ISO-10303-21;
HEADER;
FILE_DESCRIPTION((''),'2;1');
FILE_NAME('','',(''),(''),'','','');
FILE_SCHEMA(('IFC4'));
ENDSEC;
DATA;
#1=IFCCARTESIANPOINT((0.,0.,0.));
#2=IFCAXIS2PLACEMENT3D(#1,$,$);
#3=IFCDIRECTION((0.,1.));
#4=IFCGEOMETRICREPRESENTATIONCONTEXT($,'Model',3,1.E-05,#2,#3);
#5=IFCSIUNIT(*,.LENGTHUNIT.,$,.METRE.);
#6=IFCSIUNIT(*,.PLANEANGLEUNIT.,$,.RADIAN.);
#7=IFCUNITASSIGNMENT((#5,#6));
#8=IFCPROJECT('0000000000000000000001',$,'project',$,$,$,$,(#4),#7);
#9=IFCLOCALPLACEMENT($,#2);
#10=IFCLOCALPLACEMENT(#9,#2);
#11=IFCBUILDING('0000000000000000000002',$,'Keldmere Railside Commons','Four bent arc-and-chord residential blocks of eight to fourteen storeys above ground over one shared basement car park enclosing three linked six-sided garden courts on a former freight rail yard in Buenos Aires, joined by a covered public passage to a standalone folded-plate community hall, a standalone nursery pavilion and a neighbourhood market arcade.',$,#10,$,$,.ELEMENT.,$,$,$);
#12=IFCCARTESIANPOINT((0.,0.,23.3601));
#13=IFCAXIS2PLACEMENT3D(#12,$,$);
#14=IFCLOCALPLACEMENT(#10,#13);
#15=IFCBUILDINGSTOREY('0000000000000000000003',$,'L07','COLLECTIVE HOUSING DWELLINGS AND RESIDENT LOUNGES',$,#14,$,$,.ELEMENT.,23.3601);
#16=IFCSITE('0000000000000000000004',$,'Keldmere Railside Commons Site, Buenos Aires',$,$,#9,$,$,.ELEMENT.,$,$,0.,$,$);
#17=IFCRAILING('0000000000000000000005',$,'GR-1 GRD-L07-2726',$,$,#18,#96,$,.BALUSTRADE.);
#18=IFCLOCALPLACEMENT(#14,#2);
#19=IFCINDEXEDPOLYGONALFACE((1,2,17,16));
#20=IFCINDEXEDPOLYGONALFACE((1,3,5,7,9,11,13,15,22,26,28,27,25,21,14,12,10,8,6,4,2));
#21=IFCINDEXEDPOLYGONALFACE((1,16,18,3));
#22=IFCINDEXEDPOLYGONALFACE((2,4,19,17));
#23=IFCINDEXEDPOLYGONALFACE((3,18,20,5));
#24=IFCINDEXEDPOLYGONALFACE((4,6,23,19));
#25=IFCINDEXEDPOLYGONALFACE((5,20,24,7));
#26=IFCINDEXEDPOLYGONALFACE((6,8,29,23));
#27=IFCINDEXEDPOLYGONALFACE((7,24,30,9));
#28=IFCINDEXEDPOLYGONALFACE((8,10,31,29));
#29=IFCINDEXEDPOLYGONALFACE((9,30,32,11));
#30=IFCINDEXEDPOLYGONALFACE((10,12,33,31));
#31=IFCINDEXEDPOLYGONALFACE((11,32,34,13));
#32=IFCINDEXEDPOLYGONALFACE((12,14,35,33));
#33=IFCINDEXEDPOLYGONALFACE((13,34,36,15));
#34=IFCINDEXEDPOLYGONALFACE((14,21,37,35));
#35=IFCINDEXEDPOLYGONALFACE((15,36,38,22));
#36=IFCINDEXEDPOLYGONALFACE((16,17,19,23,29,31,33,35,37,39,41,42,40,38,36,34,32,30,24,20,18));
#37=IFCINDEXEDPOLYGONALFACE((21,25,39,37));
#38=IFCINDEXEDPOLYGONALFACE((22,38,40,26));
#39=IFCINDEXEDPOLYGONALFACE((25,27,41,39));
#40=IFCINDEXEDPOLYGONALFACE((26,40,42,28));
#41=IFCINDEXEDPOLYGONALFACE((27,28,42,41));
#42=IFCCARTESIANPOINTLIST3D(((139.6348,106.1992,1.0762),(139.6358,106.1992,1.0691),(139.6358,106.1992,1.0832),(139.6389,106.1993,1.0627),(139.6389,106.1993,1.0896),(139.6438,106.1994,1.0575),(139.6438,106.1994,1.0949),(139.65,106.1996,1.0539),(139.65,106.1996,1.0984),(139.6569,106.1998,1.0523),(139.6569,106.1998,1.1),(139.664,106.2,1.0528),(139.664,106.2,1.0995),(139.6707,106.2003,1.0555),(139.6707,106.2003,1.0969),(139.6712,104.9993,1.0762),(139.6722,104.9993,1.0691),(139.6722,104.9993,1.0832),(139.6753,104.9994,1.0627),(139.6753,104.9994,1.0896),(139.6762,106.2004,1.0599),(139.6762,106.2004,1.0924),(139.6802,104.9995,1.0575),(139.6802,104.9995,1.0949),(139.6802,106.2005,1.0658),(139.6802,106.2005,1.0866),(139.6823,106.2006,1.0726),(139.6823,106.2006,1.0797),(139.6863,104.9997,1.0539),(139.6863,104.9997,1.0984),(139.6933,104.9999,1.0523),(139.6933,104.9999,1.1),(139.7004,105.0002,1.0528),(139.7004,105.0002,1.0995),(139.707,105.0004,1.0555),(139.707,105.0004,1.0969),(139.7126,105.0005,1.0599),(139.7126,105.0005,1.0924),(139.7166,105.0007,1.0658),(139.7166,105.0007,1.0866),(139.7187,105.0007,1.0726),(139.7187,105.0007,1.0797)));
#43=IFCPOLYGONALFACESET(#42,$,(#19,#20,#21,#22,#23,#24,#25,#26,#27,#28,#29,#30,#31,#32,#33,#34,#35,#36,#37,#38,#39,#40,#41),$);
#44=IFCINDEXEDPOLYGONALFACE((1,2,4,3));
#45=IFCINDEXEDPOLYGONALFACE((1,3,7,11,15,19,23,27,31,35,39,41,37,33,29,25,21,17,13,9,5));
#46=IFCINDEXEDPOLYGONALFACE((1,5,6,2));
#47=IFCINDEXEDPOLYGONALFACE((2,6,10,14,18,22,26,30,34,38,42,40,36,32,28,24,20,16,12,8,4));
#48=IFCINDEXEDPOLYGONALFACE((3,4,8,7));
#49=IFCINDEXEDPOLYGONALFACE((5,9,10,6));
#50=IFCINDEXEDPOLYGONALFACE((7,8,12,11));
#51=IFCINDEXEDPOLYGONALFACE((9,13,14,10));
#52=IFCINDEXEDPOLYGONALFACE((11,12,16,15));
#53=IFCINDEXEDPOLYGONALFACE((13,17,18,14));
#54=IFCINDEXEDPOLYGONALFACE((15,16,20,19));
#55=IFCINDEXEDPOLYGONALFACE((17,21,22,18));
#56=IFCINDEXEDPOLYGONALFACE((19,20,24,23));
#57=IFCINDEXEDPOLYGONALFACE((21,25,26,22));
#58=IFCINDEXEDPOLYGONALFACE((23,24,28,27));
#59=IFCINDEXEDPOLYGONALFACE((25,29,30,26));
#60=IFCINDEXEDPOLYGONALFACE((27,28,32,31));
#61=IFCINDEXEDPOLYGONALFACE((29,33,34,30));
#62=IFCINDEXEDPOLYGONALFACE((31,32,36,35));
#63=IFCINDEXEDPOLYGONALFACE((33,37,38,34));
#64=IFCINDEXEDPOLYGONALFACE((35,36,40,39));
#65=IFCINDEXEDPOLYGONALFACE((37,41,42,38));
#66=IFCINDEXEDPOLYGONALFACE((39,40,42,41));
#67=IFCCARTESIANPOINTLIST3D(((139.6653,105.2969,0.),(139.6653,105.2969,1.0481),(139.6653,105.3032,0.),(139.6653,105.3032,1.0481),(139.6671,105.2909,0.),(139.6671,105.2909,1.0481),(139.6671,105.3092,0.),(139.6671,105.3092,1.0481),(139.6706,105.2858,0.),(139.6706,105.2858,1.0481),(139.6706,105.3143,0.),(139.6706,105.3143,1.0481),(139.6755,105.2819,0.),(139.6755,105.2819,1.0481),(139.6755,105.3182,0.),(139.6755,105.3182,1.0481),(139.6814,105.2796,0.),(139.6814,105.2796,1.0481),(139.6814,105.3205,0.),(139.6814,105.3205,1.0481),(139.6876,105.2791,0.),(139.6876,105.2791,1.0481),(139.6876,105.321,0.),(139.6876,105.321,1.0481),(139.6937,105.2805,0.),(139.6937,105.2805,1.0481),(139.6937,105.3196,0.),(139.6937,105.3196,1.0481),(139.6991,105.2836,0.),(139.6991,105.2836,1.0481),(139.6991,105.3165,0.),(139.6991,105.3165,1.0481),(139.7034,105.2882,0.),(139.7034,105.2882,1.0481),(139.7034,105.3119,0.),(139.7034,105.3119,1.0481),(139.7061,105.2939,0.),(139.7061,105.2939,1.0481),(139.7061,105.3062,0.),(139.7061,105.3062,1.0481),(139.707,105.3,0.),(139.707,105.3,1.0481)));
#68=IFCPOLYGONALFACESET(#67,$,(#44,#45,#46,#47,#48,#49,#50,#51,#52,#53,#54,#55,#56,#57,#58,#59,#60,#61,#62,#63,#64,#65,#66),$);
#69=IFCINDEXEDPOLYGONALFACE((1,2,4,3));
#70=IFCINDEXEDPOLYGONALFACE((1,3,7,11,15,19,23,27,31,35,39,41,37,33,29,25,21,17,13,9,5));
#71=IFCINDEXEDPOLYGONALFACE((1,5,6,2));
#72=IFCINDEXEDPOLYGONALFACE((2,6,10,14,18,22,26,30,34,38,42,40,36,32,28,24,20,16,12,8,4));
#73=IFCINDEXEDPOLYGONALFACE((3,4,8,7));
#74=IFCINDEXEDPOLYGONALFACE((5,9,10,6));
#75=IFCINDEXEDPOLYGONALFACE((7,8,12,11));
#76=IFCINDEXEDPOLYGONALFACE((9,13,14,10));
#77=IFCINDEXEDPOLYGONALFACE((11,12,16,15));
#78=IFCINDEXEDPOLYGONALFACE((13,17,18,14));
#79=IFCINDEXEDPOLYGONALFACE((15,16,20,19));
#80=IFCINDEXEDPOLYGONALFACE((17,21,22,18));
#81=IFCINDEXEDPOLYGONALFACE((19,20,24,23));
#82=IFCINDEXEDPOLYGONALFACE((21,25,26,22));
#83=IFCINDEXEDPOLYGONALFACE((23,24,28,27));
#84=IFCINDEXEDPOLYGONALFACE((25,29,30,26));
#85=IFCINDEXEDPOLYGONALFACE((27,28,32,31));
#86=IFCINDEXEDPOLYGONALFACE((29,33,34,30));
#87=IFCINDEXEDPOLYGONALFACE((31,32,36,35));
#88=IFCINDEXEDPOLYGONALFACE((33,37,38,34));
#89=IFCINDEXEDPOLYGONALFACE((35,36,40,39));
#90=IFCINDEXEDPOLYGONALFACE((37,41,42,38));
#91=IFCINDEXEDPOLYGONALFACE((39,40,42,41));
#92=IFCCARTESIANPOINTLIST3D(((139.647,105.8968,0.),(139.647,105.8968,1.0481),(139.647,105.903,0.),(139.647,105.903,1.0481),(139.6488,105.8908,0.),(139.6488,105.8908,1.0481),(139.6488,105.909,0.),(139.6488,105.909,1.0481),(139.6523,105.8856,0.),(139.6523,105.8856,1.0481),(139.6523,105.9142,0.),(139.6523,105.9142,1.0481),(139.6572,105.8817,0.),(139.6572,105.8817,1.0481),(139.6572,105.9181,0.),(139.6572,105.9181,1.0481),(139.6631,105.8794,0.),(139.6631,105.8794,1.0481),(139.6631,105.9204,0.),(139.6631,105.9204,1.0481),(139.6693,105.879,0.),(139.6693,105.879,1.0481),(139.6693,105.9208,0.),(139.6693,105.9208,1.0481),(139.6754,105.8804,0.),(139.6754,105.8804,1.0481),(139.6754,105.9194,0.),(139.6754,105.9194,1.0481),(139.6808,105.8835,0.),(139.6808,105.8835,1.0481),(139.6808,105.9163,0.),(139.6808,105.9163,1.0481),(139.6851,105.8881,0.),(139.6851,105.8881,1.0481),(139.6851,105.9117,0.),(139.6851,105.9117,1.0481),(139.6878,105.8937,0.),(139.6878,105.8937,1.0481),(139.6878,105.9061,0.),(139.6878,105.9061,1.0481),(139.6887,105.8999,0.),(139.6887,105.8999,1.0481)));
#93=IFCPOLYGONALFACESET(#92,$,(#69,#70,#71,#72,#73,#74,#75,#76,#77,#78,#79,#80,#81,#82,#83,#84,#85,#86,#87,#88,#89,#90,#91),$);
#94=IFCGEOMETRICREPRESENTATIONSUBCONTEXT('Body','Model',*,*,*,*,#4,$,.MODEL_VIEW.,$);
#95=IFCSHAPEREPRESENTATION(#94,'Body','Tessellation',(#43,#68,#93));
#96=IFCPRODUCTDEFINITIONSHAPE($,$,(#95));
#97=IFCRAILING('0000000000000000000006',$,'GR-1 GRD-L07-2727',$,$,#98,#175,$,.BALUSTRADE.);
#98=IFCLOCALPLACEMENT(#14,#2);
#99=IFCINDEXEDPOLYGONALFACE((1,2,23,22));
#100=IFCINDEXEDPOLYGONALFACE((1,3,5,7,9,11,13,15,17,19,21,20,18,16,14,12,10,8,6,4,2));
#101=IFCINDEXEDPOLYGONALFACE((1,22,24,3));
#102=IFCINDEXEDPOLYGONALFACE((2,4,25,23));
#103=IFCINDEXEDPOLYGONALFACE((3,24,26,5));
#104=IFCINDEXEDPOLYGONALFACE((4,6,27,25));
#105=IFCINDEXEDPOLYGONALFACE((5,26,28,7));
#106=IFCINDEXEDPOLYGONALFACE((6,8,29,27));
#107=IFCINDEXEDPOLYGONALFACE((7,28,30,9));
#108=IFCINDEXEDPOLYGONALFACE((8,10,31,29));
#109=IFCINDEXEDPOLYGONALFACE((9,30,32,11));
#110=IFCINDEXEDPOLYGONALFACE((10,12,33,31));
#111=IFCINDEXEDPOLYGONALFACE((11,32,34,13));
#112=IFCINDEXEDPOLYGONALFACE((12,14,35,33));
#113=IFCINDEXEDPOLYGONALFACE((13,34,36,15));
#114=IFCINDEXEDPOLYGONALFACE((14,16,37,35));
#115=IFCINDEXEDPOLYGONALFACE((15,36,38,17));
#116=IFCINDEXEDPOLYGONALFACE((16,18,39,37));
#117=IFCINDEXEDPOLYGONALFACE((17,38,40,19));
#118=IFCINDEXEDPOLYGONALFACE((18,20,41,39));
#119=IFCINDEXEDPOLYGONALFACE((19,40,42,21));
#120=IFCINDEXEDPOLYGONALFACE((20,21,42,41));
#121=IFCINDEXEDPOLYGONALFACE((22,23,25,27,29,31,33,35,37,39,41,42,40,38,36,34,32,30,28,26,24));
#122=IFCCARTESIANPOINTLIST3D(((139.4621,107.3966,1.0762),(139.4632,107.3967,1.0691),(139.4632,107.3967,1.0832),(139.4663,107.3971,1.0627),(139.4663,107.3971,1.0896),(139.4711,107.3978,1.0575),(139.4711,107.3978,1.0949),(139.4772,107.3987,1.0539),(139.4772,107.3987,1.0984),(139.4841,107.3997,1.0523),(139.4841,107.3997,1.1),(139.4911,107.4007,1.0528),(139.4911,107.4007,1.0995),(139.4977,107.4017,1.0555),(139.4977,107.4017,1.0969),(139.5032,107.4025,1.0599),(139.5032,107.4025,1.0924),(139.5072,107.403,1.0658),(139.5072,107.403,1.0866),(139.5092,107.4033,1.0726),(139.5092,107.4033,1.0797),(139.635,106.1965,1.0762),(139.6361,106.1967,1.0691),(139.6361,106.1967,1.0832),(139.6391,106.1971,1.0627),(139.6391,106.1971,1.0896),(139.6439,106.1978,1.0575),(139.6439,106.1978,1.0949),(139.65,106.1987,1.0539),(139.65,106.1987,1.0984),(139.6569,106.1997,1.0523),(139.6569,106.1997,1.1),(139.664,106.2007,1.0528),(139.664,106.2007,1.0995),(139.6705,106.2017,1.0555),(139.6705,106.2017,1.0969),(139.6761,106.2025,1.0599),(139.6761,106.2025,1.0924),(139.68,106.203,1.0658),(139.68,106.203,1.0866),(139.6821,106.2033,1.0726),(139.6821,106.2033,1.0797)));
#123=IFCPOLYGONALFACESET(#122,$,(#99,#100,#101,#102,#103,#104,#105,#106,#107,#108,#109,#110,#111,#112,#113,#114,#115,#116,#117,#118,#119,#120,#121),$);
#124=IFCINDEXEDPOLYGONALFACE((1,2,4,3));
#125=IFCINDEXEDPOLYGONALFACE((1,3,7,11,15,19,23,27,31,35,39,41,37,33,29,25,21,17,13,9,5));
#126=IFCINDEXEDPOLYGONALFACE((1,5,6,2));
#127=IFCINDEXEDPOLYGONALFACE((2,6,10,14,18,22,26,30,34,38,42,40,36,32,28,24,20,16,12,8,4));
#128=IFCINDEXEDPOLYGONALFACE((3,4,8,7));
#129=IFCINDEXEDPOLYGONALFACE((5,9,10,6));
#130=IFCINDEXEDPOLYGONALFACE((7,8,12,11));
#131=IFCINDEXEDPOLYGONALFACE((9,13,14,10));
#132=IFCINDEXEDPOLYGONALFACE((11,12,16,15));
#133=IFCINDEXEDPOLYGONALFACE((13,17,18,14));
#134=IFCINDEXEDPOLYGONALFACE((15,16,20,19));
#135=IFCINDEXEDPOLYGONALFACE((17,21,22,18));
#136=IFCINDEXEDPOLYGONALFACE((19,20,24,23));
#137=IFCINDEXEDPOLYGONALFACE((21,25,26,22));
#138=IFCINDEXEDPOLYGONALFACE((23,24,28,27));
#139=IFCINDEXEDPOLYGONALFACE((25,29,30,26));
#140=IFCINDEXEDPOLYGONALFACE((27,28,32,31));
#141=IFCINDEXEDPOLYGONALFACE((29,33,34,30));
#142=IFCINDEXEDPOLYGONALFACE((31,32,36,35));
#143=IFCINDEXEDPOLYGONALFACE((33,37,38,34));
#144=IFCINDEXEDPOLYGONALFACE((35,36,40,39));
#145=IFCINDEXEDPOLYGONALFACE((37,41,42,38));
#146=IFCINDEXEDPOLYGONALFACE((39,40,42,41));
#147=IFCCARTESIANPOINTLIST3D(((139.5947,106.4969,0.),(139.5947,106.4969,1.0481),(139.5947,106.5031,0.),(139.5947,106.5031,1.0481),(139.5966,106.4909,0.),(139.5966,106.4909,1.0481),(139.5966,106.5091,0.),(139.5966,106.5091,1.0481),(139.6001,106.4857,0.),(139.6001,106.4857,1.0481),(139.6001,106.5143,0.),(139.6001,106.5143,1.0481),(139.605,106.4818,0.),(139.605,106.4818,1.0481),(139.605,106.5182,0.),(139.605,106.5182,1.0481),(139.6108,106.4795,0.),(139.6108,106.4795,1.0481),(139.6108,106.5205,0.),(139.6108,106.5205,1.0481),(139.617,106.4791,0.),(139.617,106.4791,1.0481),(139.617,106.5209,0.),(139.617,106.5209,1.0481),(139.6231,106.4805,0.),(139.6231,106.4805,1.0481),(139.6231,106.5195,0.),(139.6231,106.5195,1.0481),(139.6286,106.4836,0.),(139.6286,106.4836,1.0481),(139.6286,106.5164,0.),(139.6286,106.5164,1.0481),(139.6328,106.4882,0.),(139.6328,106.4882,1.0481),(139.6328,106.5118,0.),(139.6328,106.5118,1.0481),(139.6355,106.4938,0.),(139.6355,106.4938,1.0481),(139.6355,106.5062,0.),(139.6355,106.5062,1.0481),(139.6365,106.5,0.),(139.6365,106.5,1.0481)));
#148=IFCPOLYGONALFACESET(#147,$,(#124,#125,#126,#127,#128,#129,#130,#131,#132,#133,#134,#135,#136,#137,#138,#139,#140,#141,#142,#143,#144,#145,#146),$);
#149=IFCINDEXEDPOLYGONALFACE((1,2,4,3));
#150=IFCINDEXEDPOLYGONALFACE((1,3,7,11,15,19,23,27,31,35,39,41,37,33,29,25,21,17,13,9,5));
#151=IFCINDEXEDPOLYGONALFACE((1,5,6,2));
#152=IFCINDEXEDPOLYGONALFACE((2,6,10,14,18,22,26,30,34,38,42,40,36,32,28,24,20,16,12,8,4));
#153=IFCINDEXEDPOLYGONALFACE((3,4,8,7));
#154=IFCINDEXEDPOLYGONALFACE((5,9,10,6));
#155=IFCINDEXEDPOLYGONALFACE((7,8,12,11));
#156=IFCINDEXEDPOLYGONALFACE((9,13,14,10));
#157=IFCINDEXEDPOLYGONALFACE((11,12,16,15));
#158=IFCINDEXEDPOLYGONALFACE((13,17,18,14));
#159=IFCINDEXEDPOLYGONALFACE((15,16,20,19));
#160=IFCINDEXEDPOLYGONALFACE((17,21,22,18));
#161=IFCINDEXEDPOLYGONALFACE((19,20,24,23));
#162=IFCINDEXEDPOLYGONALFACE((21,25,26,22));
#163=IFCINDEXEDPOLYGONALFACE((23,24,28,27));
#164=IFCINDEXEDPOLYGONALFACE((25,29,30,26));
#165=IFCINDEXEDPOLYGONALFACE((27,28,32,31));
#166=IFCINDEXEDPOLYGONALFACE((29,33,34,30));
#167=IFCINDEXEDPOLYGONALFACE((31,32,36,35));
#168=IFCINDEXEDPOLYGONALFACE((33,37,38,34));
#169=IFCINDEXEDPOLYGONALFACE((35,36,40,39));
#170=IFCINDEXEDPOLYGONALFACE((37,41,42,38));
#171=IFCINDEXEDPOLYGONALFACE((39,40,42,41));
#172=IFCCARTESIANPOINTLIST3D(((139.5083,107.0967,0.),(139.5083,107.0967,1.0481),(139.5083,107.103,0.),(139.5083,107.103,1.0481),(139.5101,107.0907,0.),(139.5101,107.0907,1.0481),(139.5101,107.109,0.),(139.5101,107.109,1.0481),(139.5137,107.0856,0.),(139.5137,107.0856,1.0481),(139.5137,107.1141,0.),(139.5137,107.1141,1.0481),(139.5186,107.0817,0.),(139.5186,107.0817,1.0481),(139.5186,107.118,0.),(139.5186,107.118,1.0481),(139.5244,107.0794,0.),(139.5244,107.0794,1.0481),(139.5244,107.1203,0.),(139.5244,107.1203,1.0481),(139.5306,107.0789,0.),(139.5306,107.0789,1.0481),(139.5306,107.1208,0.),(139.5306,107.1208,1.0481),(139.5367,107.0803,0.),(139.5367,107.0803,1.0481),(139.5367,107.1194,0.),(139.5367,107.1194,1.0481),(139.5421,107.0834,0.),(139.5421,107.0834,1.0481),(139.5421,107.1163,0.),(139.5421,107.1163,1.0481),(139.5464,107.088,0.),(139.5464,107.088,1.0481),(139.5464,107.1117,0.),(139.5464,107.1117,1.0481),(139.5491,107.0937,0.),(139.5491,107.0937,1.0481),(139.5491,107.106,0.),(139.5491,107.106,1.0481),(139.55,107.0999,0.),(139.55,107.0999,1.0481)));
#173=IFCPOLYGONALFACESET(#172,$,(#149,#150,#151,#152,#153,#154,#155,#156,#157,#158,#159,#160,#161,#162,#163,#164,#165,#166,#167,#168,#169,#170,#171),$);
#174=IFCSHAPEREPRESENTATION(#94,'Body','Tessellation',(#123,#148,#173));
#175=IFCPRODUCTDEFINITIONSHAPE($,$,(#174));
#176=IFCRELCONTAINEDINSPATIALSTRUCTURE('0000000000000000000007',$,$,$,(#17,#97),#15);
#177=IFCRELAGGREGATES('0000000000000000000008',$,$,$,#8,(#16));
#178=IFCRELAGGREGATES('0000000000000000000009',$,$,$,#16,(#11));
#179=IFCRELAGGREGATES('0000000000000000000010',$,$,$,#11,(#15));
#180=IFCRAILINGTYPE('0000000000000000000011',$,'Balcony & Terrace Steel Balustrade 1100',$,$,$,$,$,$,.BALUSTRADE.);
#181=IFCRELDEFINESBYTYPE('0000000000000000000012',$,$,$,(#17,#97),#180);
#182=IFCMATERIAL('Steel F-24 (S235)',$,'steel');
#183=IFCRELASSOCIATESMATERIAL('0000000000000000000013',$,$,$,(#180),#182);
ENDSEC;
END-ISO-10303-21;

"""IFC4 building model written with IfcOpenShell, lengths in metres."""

from ifc_helpers import new_model, si_unit, direction, frame, origin, origin_2d, place, context, subcontext, project, spatial, circle, extrude, material, type_object, element, save


model = new_model("IFC4")

# Units and contexts
model_context = context("Model", 3, precision=1e-05, world=origin(), true_north=direction((0.0, 1.0)))
body_context = subcontext(model_context, "Body", "Model", "MODEL_VIEW")
ifc_project = project(units=[si_unit("LENGTHUNIT", "METRE"), si_unit("PLANEANGLEUNIT", "RADIAN")], contexts=[model_context])

# Site, building, storey
site_placement = place(None, origin())
site = spatial("IfcSite", under=ifc_project, at=site_placement, Name="Keldmere Railside Commons Site, Buenos Aires", CompositionType="ELEMENT", RefElevation=0.0)
building_placement = place(site_placement, origin())
building = spatial("IfcBuilding", under=site, at=building_placement, Name="Keldmere Railside Commons", Description="Four bent arc-and-chord residential blocks of eight to fourteen storeys above ground over one shared basement car park enclosing three linked six-sided garden courts on a former freight rail yard in Buenos Aires, joined by a covered public passage to a standalone folded-plate community hall, a standalone nursery pavilion and a neighbourhood market arcade.", CompositionType="ELEMENT")
storey_placement = place(building_placement, frame((0.0, 0.0, 23.3601)))
storey = spatial("IfcBuildingStorey", under=building, at=storey_placement, Name="L07", Description="COLLECTIVE HOUSING DWELLINGS AND RESIDENT LOUNGES", CompositionType="ELEMENT", Elevation=23.3601)

# Shared definitions
ifc_material_1 = material(Name="Steel F-24 (S235)", Category="steel")

# Railings
railing_type = type_object("IfcRailingType", Name="Balcony & Terrace Steel Balustrade 1100", PredefinedType="BALUSTRADE", material=ifc_material_1)
railing_1_placement = place(storey_placement, frame((139.6951, 105.0, 0.0)))
element("IfcRailing", 1, at=railing_1_placement, inside=storey, type_object=railing_type, Name="GR-1 GRD-L07-2726", PredefinedType="BALUSTRADE", context=body_context, shape_type="SweptSolid", body=[
    extrude(circle(Radius=0.0239, at=origin_2d()), frame((0.0, 0.0, 1.0762), z_axis=(-0.030301, 0.999541, 0.0), x_axis=(-0.999541, -0.030301, 0.0)), (0.0, 0.0, 1.0), 1.2004),
    extrude(circle(Radius=0.021, at=origin_2d()), frame((-0.009, 0.3, 0.0)), (0.0, 0.0, 1.0), 1.0481),
    extrude(circle(Radius=0.021, at=origin_2d()), frame((-0.0273, 0.8999, 0.0)), (0.0, 0.0, 1.0), 1.0481),
])
railing_2_placement = place(storey_placement, frame((139.6587, 106.2, 0.0)))
element("IfcRailing", 2, at=railing_2_placement, inside=storey, type_object=railing_type, Name="GR-1 GRD-L07-2727", PredefinedType="BALUSTRADE", context=body_context, shape_type="SweptSolid", body=[
    extrude(circle(Radius=0.0239, at=origin_2d()), frame((0.0, 0.0, 1.0762), z_axis=(-0.142577, 0.989784, 0.0), x_axis=(-0.989784, -0.142577, 0.0)), (0.0, 0.0, 1.0), 1.2124),
    extrude(circle(Radius=0.021, at=origin_2d()), frame((-0.0432, 0.3, 0.0)), (0.0, 0.0, 1.0), 1.0481),
    extrude(circle(Radius=0.021, at=origin_2d()), frame((-0.1296, 0.8999, 0.0)), (0.0, 0.0, 1.0), 1.0481),
])

save(model, "model.ifc")
